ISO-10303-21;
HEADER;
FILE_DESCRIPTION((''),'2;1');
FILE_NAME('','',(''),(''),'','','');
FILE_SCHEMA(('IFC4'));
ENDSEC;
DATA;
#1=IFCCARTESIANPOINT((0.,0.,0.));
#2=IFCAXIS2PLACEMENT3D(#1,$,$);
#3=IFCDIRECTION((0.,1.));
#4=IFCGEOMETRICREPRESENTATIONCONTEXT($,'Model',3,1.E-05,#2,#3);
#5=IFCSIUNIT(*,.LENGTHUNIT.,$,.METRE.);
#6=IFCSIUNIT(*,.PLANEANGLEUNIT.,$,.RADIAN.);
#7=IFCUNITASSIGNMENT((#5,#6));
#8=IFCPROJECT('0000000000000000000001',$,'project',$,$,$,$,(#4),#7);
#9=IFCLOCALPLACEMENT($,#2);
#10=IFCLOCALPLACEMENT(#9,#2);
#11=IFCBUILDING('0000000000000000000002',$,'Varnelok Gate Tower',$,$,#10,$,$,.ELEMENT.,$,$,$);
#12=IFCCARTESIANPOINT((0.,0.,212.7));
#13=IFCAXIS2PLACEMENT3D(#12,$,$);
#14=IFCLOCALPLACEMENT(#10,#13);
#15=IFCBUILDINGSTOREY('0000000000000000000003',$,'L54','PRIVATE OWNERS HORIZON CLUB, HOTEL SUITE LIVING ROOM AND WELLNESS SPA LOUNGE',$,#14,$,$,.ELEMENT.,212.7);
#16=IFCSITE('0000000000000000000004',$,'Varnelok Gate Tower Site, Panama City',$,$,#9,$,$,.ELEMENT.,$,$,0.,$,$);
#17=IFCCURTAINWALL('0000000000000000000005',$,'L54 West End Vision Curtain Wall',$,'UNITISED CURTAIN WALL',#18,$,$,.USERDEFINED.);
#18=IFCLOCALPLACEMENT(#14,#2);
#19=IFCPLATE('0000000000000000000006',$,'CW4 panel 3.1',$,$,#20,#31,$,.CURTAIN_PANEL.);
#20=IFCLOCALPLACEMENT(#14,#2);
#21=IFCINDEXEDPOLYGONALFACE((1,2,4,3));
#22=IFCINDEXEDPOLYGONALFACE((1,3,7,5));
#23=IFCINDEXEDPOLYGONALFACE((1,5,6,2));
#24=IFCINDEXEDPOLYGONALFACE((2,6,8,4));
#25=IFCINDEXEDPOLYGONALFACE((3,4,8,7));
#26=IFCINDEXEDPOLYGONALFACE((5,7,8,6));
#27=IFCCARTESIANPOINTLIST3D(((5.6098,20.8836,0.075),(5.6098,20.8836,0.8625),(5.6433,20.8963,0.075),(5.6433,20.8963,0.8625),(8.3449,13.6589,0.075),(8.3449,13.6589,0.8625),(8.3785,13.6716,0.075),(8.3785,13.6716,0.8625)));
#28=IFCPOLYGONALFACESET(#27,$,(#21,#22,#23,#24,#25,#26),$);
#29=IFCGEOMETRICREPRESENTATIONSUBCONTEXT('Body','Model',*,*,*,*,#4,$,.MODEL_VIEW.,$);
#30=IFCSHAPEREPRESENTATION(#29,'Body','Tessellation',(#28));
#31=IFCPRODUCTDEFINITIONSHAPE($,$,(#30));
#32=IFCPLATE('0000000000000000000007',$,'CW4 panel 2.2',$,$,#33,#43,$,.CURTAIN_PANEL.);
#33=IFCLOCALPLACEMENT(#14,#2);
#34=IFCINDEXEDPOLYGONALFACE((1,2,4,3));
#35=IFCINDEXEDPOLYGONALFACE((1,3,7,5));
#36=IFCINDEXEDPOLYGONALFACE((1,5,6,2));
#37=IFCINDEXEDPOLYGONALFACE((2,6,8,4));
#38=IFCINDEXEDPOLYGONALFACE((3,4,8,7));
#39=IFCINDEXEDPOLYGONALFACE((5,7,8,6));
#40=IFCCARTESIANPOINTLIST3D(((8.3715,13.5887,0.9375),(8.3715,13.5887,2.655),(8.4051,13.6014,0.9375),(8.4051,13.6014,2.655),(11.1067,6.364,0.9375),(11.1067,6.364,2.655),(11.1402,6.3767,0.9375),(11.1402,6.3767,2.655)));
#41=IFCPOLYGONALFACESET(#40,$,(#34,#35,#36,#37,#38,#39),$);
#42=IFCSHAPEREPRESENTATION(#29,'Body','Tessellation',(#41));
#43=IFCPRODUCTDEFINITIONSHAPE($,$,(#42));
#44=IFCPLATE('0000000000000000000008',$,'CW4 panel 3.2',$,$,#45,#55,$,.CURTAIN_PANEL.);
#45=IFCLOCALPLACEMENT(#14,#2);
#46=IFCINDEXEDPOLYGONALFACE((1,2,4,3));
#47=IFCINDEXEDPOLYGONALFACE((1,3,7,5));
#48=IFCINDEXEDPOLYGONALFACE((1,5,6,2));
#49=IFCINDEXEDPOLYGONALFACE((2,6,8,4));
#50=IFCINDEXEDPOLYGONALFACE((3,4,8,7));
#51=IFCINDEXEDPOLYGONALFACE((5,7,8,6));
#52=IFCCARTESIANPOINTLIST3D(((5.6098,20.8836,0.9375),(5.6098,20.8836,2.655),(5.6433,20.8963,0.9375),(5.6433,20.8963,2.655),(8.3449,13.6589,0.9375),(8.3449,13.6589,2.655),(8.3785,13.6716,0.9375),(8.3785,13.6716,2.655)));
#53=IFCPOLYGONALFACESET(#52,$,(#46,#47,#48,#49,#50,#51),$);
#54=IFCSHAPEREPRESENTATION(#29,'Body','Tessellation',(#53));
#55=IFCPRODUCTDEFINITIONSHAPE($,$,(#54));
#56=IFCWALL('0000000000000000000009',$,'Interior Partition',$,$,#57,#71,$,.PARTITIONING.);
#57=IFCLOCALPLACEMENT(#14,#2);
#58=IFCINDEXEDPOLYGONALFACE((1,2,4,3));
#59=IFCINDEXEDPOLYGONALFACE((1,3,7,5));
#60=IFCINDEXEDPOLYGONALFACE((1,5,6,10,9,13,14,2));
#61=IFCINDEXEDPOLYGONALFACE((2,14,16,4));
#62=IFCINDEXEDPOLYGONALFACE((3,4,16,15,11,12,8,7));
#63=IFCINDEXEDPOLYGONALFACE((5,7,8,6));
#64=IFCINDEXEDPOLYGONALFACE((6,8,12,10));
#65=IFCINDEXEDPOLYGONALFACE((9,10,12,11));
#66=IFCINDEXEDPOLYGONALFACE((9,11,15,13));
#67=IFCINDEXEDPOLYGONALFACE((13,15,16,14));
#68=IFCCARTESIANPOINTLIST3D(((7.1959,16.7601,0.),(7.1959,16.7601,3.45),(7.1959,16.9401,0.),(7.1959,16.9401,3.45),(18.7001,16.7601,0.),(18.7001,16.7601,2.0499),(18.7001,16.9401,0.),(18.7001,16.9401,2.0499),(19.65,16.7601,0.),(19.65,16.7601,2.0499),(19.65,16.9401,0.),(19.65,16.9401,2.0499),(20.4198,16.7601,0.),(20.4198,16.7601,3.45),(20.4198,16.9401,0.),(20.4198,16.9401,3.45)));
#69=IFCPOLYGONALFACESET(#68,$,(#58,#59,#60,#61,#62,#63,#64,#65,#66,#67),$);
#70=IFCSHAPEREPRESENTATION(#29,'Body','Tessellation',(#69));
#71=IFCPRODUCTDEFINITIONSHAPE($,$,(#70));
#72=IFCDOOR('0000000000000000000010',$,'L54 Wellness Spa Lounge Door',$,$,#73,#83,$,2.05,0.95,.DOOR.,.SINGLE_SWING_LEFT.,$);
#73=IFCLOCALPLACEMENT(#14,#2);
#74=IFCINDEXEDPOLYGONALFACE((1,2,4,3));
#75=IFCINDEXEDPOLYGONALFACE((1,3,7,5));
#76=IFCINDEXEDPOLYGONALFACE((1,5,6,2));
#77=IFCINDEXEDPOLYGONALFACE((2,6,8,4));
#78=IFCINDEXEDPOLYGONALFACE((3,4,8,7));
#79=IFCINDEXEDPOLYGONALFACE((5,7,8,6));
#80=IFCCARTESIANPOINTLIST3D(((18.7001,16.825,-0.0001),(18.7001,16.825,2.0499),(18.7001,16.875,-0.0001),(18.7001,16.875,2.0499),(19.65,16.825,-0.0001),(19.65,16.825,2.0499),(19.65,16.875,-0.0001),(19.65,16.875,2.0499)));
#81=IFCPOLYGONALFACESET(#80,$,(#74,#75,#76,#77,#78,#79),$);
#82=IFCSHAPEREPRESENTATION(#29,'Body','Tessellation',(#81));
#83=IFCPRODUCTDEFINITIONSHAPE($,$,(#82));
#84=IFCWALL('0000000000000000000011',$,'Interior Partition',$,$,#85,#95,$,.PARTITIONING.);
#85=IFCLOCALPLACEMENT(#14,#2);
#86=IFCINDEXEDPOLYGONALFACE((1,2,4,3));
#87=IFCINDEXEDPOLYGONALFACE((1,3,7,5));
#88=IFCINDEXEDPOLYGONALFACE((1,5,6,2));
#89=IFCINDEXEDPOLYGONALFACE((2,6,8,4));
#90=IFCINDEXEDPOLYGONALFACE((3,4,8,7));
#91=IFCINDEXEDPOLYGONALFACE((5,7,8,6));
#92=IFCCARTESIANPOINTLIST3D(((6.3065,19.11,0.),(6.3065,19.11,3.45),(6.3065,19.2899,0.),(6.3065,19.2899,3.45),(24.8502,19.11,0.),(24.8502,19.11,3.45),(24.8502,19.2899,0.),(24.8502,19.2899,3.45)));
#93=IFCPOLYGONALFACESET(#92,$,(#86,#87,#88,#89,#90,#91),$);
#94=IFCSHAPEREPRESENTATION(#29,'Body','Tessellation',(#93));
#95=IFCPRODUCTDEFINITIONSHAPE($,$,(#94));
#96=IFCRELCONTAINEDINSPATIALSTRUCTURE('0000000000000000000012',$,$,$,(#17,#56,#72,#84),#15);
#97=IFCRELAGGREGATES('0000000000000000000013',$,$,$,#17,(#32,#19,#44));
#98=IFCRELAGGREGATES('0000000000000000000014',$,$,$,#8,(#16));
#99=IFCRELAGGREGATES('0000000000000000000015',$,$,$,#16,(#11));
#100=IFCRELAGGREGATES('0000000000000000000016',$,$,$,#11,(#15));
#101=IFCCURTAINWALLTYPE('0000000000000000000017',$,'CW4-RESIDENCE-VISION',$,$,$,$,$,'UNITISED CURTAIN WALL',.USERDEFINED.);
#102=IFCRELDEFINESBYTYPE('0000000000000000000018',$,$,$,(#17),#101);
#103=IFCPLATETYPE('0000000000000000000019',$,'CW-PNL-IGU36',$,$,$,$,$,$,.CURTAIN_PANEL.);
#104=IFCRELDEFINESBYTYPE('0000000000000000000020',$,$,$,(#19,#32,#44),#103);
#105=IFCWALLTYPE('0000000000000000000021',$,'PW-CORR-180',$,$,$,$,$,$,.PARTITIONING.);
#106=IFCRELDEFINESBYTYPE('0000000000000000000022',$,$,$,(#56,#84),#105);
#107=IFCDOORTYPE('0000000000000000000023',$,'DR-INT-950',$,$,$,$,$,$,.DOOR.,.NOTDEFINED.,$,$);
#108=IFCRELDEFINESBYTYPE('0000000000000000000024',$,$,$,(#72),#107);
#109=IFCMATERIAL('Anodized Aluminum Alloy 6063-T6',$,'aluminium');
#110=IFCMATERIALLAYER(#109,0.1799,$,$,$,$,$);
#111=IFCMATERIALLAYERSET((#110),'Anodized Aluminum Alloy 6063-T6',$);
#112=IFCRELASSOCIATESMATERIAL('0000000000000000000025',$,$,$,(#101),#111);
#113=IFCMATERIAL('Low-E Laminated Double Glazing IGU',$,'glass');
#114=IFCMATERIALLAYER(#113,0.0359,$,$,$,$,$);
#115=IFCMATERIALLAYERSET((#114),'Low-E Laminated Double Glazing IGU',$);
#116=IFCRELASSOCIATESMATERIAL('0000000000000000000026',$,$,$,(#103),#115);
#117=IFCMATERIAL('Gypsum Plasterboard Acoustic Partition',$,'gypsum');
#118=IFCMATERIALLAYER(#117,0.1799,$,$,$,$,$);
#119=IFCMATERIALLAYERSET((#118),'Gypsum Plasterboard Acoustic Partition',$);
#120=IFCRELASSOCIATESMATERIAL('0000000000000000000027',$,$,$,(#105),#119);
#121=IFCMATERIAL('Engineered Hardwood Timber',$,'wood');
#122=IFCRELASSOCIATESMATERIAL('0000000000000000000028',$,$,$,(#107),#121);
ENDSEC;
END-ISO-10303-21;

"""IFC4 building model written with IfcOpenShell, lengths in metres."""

from ifc_helpers import new_model, si_unit, direction, frame, frame_2d, origin, origin_2d, place, context, subcontext, project, spatial, rectangle, extrude, source, transform, mapped, material, layer, layer_set, type_object, element, fill, aggregate, save


model = new_model("IFC4")

# Units and contexts
model_context = context("Model", 3, precision=1e-05, world=origin(), true_north=direction((0.0, 1.0)))
body_context = subcontext(model_context, "Body", "Model", "MODEL_VIEW")
ifc_project = project(units=[si_unit("LENGTHUNIT", "METRE"), si_unit("PLANEANGLEUNIT", "RADIAN")], contexts=[model_context])

# Site, building, storey
site_placement = place(None, origin())
site = spatial("IfcSite", under=ifc_project, at=site_placement, Name="Varnelok Gate Tower Site, Panama City", CompositionType="ELEMENT", RefElevation=0.0)
building_placement = place(site_placement, origin())
building = spatial("IfcBuilding", under=site, at=building_placement, Name="Varnelok Gate Tower", CompositionType="ELEMENT")
storey_placement = place(building_placement, frame((0.0, 0.0, 212.7)))
storey = spatial("IfcBuildingStorey", under=building, at=storey_placement, Name="L54", Description="PRIVATE OWNERS HORIZON CLUB, HOTEL SUITE LIVING ROOM AND WELLNESS SPA LOUNGE", CompositionType="ELEMENT", Elevation=212.7)

# Curtain wall, plates
ifc_material_1 = material(Name="Anodized Aluminum Alloy 6063-T6", Category="aluminium")
ifc_layer_1 = layer(ifc_material_1, 0.1799)
ifc_layer_set_1 = layer_set([ifc_layer_1], Name="Anodized Aluminum Alloy 6063-T6")
curtain_wall_type = type_object("IfcCurtainWallType", Name="CW4-RESIDENCE-VISION", ElementType="UNITISED CURTAIN WALL", PredefinedType="USERDEFINED", material=ifc_layer_set_1)
curtain_wall_placement = place(storey_placement, origin())
curtain_wall = element("IfcCurtainWall", 1, at=curtain_wall_placement, inside=storey, type_object=curtain_wall_type, Name="L54 West End Vision Curtain Wall", ObjectType="UNITISED CURTAIN WALL", PredefinedType="USERDEFINED")
ifc_material_2 = material(Name="Low-E Laminated Double Glazing IGU", Category="glass")
ifc_layer_2 = layer(ifc_material_2, 0.0359)
ifc_layer_set_2 = layer_set([ifc_layer_2], Name="Low-E Laminated Double Glazing IGU")
plate_type = type_object("IfcPlateType", Name="CW-PNL-IGU36", PredefinedType="CURTAIN_PANEL", material=ifc_layer_set_2)
shared_shape_1 = source(origin(), body_context, "Body", "SweptSolid", [
    extrude(rectangle(XDim=7.7251, YDim=0.0359, at=origin_2d()), origin(), (0.0, 0.0, 1.0), 0.7876),
])
plate_1_placement = place(storey_placement, frame((6.9941, 17.2776, 0.075), z_axis=(0.0, 0.0, 1.0), x_axis=(-0.354063, 0.935222, 0.0)))
plate_1 = element("IfcPlate", 2, at=plate_1_placement, type_object=plate_type, Name="CW4 panel 3.1", PredefinedType="CURTAIN_PANEL", context=body_context, shape_type="MappedRepresentation", body=[
    mapped(shared_shape_1, transform((0.0, 0.0, 0.0), scale=1.0)),
])
shared_shape_2 = source(origin(), body_context, "Body", "SweptSolid", [
    extrude(rectangle(XDim=7.7251, YDim=0.0359, at=origin_2d()), origin(), (0.0, 0.0, 1.0), 1.7175),
])
plate_2_placement = place(storey_placement, frame((9.7559, 9.9827, 0.9375), z_axis=(0.0, 0.0, 1.0), x_axis=(-0.354063, 0.935222, 0.0)))
plate_2 = element("IfcPlate", 3, at=plate_2_placement, type_object=plate_type, Name="CW4 panel 2.2", PredefinedType="CURTAIN_PANEL", context=body_context, shape_type="MappedRepresentation", body=[
    mapped(shared_shape_2, transform((0.0, 0.0, 0.0), scale=1.0)),
])
plate_3_placement = place(storey_placement, frame((6.9941, 17.2776, 0.9375), z_axis=(0.0, 0.0, 1.0), x_axis=(-0.354063, 0.935222, 0.0)))
plate_3 = element("IfcPlate", 4, at=plate_3_placement, type_object=plate_type, Name="CW4 panel 3.2", PredefinedType="CURTAIN_PANEL", context=body_context, shape_type="MappedRepresentation", body=[
    mapped(shared_shape_2, transform((0.0, 0.0, 0.0), scale=1.0)),
])
aggregate(curtain_wall, [plate_2, plate_1, plate_3])

# Wall, opening, door
ifc_material_3 = material(Name="Gypsum Plasterboard Acoustic Partition", Category="gypsum")
ifc_layer_3 = layer(ifc_material_3, 0.1799)
ifc_layer_set_3 = layer_set([ifc_layer_3], Name="Gypsum Plasterboard Acoustic Partition")
wall_type = type_object("IfcWallType", Name="PW-CORR-180", PredefinedType="PARTITIONING", material=ifc_layer_set_3)
wall_1_placement = place(storey_placement, frame((7.196, 16.8501, 0.0), z_axis=(0.0, 0.0, 1.0), x_axis=(1.0, 0.0, 0.0)))
wall_1 = element("IfcWall", 5, at=wall_1_placement, inside=storey, type_object=wall_type, Name="Interior Partition", PredefinedType="PARTITIONING", context=body_context, shape_type="SweptSolid", body=[
    extrude(rectangle(XDim=13.2239, YDim=0.1799, at=frame_2d((6.6118, 0.0))), origin(), (0.0, 0.0, 1.0), 3.45),
])
opening_placement = place(wall_1_placement, frame((11.5039, 0.0, 0.0)))
opening = element("IfcOpeningElement", 6, at=opening_placement, cuts=wall_1, PredefinedType="OPENING", context=body_context, shape_type="SweptSolid", body=[
    extrude(rectangle(XDim=0.95, YDim=2.05, at=frame_2d((0.4751, 1.0249))), frame((0.0, 0.0999, 0.0), z_axis=(0.0, -1.0, 0.0), x_axis=(1.0, 0.0, 0.0)), (0.0, 0.0, 1.0), 0.2),
])
ifc_material_4 = material(Name="Engineered Hardwood Timber", Category="wood")
door_type = type_object("IfcDoorType", Name="DR-INT-950", OperationType="NOTDEFINED", PredefinedType="DOOR", material=ifc_material_4)
door_placement = place(opening_placement, origin())
door = element("IfcDoor", 7, at=door_placement, inside=storey, type_object=door_type, Name="L54 Wellness Spa Lounge Door", OperationType="SINGLE_SWING_LEFT", OverallHeight=2.05, OverallWidth=0.95, PredefinedType="DOOR", context=body_context, shape_type="SweptSolid", body=[
    extrude(rectangle(XDim=0.95, YDim=2.05, at=frame_2d((0.4751, 1.0249))), frame((0.0, 0.0249, 0.0), z_axis=(0.0, -1.0, 0.0), x_axis=(1.0, 0.0, 0.0)), (0.0, 0.0, 1.0), 0.05),
])
fill(opening, door)

# Wall
wall_2_placement = place(storey_placement, frame((6.3064, 19.2, 0.0), z_axis=(0.0, 0.0, 1.0), x_axis=(1.0, 0.0, 0.0)))
element("IfcWall", 8, at=wall_2_placement, inside=storey, type_object=wall_type, Name="Interior Partition", PredefinedType="PARTITIONING", context=body_context, shape_type="SweptSolid", body=[
    extrude(rectangle(XDim=18.5437, YDim=0.1799, at=frame_2d((9.272, 0.0))), origin(), (0.0, 0.0, 1.0), 3.45),
])

save(model, "model.ifc")
